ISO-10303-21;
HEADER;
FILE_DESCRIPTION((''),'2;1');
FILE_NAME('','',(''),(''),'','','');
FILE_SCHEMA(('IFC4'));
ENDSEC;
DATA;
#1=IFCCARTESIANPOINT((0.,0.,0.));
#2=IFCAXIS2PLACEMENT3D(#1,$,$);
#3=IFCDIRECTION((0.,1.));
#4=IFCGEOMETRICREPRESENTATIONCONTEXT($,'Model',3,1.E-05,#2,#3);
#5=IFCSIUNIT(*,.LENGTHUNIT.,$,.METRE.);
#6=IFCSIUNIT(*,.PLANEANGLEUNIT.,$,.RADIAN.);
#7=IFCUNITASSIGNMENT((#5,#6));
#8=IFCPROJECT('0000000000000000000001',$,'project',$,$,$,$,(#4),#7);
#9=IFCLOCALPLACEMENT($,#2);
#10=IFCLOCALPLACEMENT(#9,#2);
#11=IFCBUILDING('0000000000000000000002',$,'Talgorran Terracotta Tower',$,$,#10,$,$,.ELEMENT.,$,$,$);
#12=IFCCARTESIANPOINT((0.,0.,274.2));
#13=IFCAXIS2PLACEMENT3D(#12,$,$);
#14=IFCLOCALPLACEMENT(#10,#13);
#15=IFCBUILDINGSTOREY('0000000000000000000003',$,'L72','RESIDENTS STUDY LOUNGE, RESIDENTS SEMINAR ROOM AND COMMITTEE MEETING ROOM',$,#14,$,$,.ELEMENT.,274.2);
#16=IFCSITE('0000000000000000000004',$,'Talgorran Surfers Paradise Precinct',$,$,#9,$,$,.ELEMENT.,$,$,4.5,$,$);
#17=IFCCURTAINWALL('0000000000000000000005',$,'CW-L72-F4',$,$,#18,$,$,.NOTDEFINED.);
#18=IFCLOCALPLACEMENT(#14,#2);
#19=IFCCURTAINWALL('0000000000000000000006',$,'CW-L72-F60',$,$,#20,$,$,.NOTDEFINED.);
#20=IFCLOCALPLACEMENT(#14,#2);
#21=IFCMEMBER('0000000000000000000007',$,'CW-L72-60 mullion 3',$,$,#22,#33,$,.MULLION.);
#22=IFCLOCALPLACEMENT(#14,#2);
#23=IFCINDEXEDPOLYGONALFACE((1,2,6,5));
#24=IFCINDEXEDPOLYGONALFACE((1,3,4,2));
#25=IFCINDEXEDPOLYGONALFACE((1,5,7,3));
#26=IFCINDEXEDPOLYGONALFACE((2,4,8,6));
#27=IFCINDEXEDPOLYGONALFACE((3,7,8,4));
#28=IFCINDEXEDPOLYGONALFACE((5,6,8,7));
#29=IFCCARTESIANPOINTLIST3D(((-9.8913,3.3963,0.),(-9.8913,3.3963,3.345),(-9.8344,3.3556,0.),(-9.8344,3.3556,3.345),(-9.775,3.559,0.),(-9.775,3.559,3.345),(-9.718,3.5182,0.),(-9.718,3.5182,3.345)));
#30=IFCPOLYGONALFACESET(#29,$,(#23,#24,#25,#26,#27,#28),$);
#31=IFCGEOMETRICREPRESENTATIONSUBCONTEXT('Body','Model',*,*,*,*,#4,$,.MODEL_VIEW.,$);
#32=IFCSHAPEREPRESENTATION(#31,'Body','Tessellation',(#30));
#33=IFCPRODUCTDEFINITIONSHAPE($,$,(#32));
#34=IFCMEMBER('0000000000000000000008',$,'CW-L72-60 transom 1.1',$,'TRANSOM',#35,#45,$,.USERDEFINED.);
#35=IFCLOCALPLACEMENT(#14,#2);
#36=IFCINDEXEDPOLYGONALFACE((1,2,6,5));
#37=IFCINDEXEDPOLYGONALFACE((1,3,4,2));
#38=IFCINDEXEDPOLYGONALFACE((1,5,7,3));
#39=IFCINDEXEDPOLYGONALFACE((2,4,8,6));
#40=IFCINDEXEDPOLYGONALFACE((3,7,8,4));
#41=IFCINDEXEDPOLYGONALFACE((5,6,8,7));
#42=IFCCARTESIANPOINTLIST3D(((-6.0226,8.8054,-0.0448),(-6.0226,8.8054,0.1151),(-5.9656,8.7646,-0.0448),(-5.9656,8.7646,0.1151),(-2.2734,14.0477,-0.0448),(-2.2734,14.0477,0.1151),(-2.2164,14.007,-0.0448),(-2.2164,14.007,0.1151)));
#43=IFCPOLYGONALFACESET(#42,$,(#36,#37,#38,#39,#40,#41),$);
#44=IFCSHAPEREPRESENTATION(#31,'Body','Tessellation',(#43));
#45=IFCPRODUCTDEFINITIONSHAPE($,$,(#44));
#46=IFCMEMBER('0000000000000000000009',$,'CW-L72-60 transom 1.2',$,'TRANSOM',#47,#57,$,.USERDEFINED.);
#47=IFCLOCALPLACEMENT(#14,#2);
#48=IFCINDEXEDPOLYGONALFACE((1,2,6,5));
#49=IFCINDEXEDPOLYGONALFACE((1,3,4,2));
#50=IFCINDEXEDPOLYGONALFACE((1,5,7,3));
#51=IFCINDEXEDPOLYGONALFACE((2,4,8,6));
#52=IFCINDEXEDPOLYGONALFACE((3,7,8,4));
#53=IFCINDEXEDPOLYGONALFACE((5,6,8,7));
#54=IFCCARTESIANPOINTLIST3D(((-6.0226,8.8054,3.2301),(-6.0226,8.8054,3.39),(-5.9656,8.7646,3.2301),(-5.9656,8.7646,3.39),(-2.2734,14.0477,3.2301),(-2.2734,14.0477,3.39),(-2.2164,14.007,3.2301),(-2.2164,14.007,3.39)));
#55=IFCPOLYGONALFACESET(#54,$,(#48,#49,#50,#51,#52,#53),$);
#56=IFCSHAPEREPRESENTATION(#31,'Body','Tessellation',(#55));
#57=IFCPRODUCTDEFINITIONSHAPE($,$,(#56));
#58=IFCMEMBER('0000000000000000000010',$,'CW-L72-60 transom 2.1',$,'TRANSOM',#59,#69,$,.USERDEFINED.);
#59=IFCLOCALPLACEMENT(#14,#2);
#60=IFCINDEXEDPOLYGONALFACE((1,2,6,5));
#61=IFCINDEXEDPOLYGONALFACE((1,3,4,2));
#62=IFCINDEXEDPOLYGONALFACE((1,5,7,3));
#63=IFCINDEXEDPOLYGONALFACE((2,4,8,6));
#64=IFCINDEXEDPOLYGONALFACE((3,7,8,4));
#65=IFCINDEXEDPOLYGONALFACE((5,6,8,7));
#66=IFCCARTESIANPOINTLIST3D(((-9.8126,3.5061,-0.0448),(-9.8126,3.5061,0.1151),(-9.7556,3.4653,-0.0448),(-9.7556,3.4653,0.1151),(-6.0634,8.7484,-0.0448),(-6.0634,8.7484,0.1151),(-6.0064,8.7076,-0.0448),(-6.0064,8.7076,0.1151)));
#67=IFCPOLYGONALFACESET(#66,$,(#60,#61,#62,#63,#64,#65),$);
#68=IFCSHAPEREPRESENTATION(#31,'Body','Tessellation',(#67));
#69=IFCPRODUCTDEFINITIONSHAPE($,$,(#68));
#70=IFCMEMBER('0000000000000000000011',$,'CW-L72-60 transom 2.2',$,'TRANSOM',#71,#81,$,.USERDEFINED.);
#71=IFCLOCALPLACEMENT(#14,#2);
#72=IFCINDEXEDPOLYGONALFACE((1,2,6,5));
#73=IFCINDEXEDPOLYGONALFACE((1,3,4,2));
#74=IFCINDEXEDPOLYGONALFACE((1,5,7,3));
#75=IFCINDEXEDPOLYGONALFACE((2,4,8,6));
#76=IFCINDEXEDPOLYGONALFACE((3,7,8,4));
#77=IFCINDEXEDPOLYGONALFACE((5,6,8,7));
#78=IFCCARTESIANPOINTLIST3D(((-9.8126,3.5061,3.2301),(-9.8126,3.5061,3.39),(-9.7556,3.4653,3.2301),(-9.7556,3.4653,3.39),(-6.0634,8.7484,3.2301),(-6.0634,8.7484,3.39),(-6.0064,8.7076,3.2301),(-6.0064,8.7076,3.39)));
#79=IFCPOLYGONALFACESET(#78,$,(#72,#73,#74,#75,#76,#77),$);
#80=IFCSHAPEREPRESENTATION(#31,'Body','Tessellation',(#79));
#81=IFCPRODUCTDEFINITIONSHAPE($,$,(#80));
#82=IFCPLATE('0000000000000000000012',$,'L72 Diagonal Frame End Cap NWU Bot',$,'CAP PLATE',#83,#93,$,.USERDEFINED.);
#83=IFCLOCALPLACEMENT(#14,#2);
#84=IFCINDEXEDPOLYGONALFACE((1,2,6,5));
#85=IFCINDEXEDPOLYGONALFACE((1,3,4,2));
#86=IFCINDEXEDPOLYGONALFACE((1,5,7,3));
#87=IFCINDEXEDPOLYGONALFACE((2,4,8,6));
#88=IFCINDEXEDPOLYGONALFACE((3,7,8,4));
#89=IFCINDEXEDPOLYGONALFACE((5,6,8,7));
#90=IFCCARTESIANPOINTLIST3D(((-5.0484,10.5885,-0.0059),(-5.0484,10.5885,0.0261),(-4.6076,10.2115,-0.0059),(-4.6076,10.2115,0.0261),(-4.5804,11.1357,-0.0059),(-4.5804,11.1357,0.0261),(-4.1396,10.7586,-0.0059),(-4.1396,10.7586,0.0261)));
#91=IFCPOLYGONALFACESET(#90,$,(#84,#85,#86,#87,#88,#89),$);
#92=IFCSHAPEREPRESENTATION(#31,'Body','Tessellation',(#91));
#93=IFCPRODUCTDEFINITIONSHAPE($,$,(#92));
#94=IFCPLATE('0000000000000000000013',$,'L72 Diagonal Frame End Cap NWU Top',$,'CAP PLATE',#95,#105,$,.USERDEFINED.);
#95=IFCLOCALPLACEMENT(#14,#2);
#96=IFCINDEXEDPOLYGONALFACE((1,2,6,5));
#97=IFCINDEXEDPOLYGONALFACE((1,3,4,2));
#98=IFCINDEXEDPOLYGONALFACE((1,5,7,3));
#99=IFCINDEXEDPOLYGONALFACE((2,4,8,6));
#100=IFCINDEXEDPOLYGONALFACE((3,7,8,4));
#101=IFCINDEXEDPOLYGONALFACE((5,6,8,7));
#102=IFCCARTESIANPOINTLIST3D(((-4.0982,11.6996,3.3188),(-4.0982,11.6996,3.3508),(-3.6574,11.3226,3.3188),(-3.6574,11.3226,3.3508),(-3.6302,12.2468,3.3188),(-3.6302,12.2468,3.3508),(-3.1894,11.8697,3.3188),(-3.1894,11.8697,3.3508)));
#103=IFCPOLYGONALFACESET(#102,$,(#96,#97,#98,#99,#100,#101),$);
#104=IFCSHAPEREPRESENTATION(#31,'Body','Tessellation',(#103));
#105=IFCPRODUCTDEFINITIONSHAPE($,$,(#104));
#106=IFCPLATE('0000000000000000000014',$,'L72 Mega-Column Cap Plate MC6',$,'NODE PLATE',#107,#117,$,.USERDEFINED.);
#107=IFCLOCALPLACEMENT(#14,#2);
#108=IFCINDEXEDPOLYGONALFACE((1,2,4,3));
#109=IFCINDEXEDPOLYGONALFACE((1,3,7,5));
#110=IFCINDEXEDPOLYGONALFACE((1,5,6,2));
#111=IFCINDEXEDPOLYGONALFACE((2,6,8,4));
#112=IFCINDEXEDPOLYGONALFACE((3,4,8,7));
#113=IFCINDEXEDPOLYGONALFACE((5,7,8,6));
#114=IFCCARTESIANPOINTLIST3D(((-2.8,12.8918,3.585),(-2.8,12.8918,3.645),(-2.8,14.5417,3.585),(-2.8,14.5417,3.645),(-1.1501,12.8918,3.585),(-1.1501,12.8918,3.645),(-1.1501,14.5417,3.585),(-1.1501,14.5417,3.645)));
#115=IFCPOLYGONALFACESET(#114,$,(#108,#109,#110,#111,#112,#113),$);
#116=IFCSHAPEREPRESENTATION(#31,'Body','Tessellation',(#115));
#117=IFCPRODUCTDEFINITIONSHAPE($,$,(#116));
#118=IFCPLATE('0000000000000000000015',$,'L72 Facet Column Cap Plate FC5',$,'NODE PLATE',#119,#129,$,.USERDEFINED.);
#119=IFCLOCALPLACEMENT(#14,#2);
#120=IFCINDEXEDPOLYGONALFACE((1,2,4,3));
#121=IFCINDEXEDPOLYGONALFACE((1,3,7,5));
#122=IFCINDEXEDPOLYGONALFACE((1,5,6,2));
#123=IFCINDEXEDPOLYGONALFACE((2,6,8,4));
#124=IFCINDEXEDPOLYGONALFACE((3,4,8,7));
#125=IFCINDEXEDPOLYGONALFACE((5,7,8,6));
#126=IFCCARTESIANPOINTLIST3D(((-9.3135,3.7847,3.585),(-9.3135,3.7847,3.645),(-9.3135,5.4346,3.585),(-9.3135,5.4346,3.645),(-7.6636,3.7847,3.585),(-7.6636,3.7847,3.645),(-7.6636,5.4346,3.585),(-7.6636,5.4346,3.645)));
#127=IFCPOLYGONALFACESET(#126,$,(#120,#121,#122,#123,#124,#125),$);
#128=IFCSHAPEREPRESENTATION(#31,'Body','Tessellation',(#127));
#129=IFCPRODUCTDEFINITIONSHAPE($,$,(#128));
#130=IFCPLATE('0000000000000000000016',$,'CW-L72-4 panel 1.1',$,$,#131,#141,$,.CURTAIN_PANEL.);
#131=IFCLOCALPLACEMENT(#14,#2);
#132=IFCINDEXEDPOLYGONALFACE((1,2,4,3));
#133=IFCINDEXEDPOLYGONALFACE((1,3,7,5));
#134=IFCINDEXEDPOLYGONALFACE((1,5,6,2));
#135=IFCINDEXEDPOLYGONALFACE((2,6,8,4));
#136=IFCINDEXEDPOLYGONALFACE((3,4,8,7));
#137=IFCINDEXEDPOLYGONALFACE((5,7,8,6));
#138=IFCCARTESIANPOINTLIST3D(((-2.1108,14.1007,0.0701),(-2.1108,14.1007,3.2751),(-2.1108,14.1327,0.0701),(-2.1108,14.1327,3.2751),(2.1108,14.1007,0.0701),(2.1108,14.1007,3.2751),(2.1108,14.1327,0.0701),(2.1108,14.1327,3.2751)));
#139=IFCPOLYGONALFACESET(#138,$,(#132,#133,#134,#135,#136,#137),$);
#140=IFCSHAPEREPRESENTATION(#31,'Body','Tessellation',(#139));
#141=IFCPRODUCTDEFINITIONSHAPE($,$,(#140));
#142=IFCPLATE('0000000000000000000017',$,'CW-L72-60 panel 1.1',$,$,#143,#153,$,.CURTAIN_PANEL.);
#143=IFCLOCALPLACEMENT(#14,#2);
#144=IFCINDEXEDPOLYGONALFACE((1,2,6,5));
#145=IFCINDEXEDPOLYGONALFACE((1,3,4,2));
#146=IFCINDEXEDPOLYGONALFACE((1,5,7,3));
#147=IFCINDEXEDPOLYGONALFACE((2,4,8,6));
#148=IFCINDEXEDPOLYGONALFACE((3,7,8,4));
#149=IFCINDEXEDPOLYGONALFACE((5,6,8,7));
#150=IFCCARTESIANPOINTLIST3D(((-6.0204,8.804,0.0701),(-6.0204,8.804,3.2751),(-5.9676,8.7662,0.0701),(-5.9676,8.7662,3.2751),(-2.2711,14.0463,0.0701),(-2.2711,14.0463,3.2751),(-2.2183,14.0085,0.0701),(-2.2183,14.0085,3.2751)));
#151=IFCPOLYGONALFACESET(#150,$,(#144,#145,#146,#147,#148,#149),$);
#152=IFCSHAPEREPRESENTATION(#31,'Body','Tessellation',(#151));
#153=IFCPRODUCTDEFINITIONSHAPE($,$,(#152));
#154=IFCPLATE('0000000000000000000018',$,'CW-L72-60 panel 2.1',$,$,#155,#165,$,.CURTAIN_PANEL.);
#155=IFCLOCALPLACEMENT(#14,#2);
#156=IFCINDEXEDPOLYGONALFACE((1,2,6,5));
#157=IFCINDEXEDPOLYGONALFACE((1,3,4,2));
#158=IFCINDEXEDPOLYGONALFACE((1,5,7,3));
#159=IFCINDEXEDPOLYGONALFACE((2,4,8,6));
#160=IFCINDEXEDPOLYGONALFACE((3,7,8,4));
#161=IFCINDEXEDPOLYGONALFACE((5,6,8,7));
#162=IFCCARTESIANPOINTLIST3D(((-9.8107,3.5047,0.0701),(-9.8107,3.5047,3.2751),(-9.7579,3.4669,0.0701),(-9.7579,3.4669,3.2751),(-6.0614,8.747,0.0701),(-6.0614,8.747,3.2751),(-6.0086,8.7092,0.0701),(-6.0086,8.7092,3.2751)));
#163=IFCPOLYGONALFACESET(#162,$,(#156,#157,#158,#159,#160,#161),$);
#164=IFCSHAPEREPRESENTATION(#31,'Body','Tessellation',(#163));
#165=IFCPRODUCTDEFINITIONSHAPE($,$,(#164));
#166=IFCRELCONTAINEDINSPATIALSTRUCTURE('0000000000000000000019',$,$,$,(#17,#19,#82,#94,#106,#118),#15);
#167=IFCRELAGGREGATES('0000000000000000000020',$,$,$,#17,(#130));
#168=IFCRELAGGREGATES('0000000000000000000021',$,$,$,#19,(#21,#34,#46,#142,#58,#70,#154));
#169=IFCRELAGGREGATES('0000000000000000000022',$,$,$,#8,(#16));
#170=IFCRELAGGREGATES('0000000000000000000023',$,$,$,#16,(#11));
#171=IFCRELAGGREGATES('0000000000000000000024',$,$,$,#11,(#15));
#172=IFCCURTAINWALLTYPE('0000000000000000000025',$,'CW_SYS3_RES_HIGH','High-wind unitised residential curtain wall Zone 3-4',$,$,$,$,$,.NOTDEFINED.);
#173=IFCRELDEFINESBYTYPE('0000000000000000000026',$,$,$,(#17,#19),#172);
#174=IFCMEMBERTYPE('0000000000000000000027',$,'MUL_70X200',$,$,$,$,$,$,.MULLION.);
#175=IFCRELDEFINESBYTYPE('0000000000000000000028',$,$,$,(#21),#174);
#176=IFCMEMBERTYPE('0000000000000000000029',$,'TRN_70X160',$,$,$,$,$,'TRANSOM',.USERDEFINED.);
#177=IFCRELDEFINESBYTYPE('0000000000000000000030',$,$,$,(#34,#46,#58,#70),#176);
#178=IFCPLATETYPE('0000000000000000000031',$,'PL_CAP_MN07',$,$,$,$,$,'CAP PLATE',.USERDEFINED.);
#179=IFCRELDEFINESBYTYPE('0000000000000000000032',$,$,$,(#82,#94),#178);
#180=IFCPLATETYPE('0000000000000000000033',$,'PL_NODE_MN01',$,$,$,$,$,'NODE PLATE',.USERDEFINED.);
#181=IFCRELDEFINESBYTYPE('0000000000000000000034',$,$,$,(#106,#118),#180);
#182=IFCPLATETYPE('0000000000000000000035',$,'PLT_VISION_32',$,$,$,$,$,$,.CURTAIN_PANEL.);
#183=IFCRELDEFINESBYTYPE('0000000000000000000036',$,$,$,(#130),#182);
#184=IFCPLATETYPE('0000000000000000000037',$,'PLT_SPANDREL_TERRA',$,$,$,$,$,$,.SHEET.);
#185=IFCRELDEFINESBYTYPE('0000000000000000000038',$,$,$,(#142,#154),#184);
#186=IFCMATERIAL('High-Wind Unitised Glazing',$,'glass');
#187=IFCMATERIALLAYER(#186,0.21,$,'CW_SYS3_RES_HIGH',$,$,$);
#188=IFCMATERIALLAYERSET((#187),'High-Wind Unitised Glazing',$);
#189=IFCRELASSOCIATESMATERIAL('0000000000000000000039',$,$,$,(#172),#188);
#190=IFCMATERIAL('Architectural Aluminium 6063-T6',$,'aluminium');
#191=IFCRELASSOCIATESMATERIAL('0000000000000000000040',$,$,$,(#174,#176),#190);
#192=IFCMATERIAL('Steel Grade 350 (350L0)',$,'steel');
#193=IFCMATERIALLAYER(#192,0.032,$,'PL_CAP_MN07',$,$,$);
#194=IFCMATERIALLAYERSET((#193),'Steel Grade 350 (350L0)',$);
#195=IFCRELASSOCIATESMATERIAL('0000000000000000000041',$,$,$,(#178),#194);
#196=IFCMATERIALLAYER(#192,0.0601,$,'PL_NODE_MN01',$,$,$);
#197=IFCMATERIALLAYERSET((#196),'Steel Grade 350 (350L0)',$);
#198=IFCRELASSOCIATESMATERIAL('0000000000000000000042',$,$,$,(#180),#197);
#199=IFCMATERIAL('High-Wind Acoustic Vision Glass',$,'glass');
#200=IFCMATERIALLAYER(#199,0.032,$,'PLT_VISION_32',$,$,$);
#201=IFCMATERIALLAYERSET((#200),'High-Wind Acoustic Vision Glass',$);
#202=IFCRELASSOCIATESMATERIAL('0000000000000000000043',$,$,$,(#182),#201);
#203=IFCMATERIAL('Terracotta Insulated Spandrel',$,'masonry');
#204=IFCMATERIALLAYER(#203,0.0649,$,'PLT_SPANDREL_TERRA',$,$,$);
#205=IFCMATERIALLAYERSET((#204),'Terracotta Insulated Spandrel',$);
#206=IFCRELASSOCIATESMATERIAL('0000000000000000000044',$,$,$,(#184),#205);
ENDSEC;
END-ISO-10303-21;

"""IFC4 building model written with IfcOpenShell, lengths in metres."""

from ifc_helpers import new_model, si_unit, direction, frame, origin, origin_2d, place, context, subcontext, project, spatial, rectangle, extrude, source, transform, mapped, material, layer, layer_set, material_profile, profile_set, type_object, type_shapes, element, aggregate, save


model = new_model("IFC4")

# Units and contexts
model_context = context("Model", 3, precision=1e-05, world=origin(), true_north=direction((0.0, 1.0)))
body_context = subcontext(model_context, "Body", "Model", "MODEL_VIEW")
ifc_project = project(units=[si_unit("LENGTHUNIT", "METRE"), si_unit("PLANEANGLEUNIT", "RADIAN")], contexts=[model_context])

# Site, building, storey
site_placement = place(None, origin())
site = spatial("IfcSite", under=ifc_project, at=site_placement, Name="Talgorran Surfers Paradise Precinct", CompositionType="ELEMENT", RefElevation=4.5)
building_placement = place(site_placement, origin())
building = spatial("IfcBuilding", under=site, at=building_placement, Name="Talgorran Terracotta Tower", CompositionType="ELEMENT")
storey_placement = place(building_placement, frame((0.0, 0.0, 274.2)))
storey = spatial("IfcBuildingStorey", under=building, at=storey_placement, Name="L72", Description="RESIDENTS STUDY LOUNGE, RESIDENTS SEMINAR ROOM AND COMMITTEE MEETING ROOM", CompositionType="ELEMENT", Elevation=274.2)

# Shared definitions
ifc_material_1 = material(Name="Steel Grade 350 (350L0)", Category="steel")

# Curtain wall
ifc_material_2 = material(Name="High-Wind Unitised Glazing", Category="glass")
ifc_layer_1 = layer(ifc_material_2, 0.21, Name="CW_SYS3_RES_HIGH")
ifc_layer_set_1 = layer_set([ifc_layer_1], Name="High-Wind Unitised Glazing")
curtain_wall_type = type_object("IfcCurtainWallType", Name="CW_SYS3_RES_HIGH", Description="High-wind unitised residential curtain wall Zone 3-4", PredefinedType="NOTDEFINED", material=ifc_layer_set_1)
curtain_wall_1_placement = place(storey_placement, origin())
curtain_wall_1 = element("IfcCurtainWall", 1, at=curtain_wall_1_placement, inside=storey, type_object=curtain_wall_type, Name="CW-L72-F4", PredefinedType="NOTDEFINED")
ifc_material_3 = material(Name="Architectural Aluminium 6063-T6", Category="aluminium")
ifc_material_profile_1 = material_profile(ifc_material_3, rectangle(XDim=0.0701, YDim=0.2, at=origin_2d()), Name="CWM70X200")
ifc_profile_set_1 = profile_set([ifc_material_profile_1], Name="Architectural Aluminium 6063-T6")
member_type_1 = type_object("IfcMemberType", Name="MUL_70X200", PredefinedType="MULLION", material=ifc_profile_set_1)

# Curtain wall, members
curtain_wall_2_placement = place(storey_placement, origin())
curtain_wall_2 = element("IfcCurtainWall", 2, at=curtain_wall_2_placement, inside=storey, type_object=curtain_wall_type, Name="CW-L72-F60", PredefinedType="NOTDEFINED")
member_1_placement = place(storey_placement, frame((-9.8047, 3.4573, 0.0), z_axis=(0.0, 0.0, 1.0), x_axis=(0.813381, -0.581731, 0.0)))
member_1 = element("IfcMember", 3, at=member_1_placement, type_object=member_type_1, Name="CW-L72-60 mullion 3", PredefinedType="MULLION", context=body_context, shape_type="SweptSolid", body=[
    extrude(rectangle(XDim=0.0701, YDim=0.2, at=origin_2d()), origin(), (0.0, 0.0, 1.0), 3.345),
])
ifc_material_profile_2 = material_profile(ifc_material_3, rectangle(XDim=0.0701, YDim=0.1599, at=origin_2d()), Name="CWT70X160")
ifc_profile_set_2 = profile_set([ifc_material_profile_2], Name="Architectural Aluminium 6063-T6")
member_type_2 = type_object("IfcMemberType", Name="TRN_70X160", ElementType="TRANSOM", PredefinedType="USERDEFINED", material=ifc_profile_set_2)
member_2_placement = place(storey_placement, frame((-2.2449, 14.0273, 0.0352), z_axis=(-0.581718, -0.81339, 0.0), x_axis=(0.81339, -0.581718, 0.0)))
member_2 = element("IfcMember", 4, at=member_2_placement, type_object=member_type_2, Name="CW-L72-60 transom 1.1", ObjectType="TRANSOM", PredefinedType="USERDEFINED", context=body_context, shape_type="SweptSolid", body=[
    extrude(rectangle(XDim=0.0701, YDim=0.1599, at=origin_2d()), origin(), (0.0, 0.0, 1.0), 6.4451),
])
member_3_placement = place(storey_placement, frame((-2.2449, 14.0273, 3.3101), z_axis=(-0.581718, -0.81339, 0.0), x_axis=(0.81339, -0.581718, 0.0)))
member_3 = element("IfcMember", 5, at=member_3_placement, type_object=member_type_2, Name="CW-L72-60 transom 1.2", ObjectType="TRANSOM", PredefinedType="USERDEFINED", context=body_context, shape_type="SweptSolid", body=[
    extrude(rectangle(XDim=0.0701, YDim=0.1599, at=origin_2d()), origin(), (0.0, 0.0, 1.0), 6.4451),
])
member_4_placement = place(storey_placement, frame((-6.0349, 8.728, 0.0352), z_axis=(-0.581718, -0.81339, 0.0), x_axis=(0.81339, -0.581718, 0.0)))
member_4 = element("IfcMember", 6, at=member_4_placement, type_object=member_type_2, Name="CW-L72-60 transom 2.1", ObjectType="TRANSOM", PredefinedType="USERDEFINED", context=body_context, shape_type="SweptSolid", body=[
    extrude(rectangle(XDim=0.0701, YDim=0.1599, at=origin_2d()), origin(), (0.0, 0.0, 1.0), 6.4451),
])
member_5_placement = place(storey_placement, frame((-6.0349, 8.728, 3.3101), z_axis=(-0.581718, -0.81339, 0.0), x_axis=(0.81339, -0.581718, 0.0)))
member_5 = element("IfcMember", 7, at=member_5_placement, type_object=member_type_2, Name="CW-L72-60 transom 2.2", ObjectType="TRANSOM", PredefinedType="USERDEFINED", context=body_context, shape_type="SweptSolid", body=[
    extrude(rectangle(XDim=0.0701, YDim=0.1599, at=origin_2d()), origin(), (0.0, 0.0, 1.0), 6.4451),
])

# Plates
ifc_layer_2 = layer(ifc_material_1, 0.032, Name="PL_CAP_MN07")
ifc_layer_set_2 = layer_set([ifc_layer_2], Name="Steel Grade 350 (350L0)")
plate_type_1 = type_object("IfcPlateType", Name="PL_CAP_MN07", ElementType="CAP PLATE", PredefinedType="USERDEFINED", material=ifc_layer_set_2)
for number, where, z_axis, x_axis, name in (
    (8, (-4.594, 10.6736, -0.0059), (0.0, 0.0, 1.0), (0.649979, 0.759952, 0.0), "L72 Diagonal Frame End Cap NWU Bot"),
    (9, (-3.6438, 11.7847, 3.3188), (0.0, 0.0, 1.0), (0.649979, 0.759952, 0.0), "L72 Diagonal Frame End Cap NWU Top"),
):
    element("IfcPlate", number, at=place(storey_placement, frame(where, z_axis=z_axis, x_axis=x_axis)), inside=storey, type_object=plate_type_1, Name=name, ObjectType="CAP PLATE", PredefinedType="USERDEFINED", context=body_context, shape_type="SweptSolid", body=[
        extrude(rectangle(XDim=0.72, YDim=0.5801, at=origin_2d()), origin(), (0.0, 0.0, 1.0), 0.032),
    ])
ifc_layer_3 = layer(ifc_material_1, 0.0601, Name="PL_NODE_MN01")
ifc_layer_set_3 = layer_set([ifc_layer_3], Name="Steel Grade 350 (350L0)")
plate_type_2 = type_object("IfcPlateType", Name="PL_NODE_MN01", ElementType="NODE PLATE", PredefinedType="USERDEFINED", material=ifc_layer_set_3)
for number, where, z_axis, x_axis, name in (
    (10, (-1.9751, 13.7168, 3.585), (0.0, 0.0, 1.0), (1.0, 0.0, 0.0), "L72 Mega-Column Cap Plate MC6"),
    (11, (-8.4885, 4.6096, 3.585), (0.0, 0.0, 1.0), (1.0, 0.0, 0.0), "L72 Facet Column Cap Plate FC5"),
):
    element("IfcPlate", number, at=place(storey_placement, frame(where, z_axis=z_axis, x_axis=x_axis)), inside=storey, type_object=plate_type_2, Name=name, ObjectType="NODE PLATE", PredefinedType="USERDEFINED", context=body_context, shape_type="SweptSolid", body=[
        extrude(rectangle(XDim=1.6499, YDim=1.6499, at=origin_2d()), origin(), (0.0, 0.0, 1.0), 0.0601),
    ])

# Plates
ifc_material_4 = material(Name="High-Wind Acoustic Vision Glass", Category="glass")
ifc_layer_4 = layer(ifc_material_4, 0.032, Name="PLT_VISION_32")
ifc_layer_set_4 = layer_set([ifc_layer_4], Name="High-Wind Acoustic Vision Glass")
plate_type_3 = type_object("IfcPlateType", Name="PLT_VISION_32", PredefinedType="CURTAIN_PANEL", material=ifc_layer_set_4)
shared_shape_1 = source(origin(), body_context, "Body", "SweptSolid", [
    extrude(rectangle(XDim=4.2217, YDim=0.032, at=origin_2d()), origin(), (0.0, 0.0, 1.0), 3.2051),
])
type_shapes(plate_type_3, [shared_shape_1])
plate_1_placement = place(storey_placement, frame((0.0, 14.1167, 0.0701), z_axis=(0.0, 0.0, 1.0), x_axis=(-1.0, 0.0, 0.0)))
plate_1 = element("IfcPlate", 12, at=plate_1_placement, type_object=plate_type_3, Name="CW-L72-4 panel 1.1", PredefinedType="CURTAIN_PANEL", context=body_context, shape_type="MappedRepresentation", body=[
    mapped(shared_shape_1, transform((0.0, 0.0, 0.0), scale=1.0)),
])
aggregate(curtain_wall_1, [plate_1])
ifc_material_5 = material(Name="Terracotta Insulated Spandrel", Category="masonry")
ifc_layer_5 = layer(ifc_material_5, 0.0649, Name="PLT_SPANDREL_TERRA")
ifc_layer_set_5 = layer_set([ifc_layer_5], Name="Terracotta Insulated Spandrel")
plate_type_4 = type_object("IfcPlateType", Name="PLT_SPANDREL_TERRA", PredefinedType="SHEET", material=ifc_layer_set_5)
shared_shape_2 = source(origin(), body_context, "Body", "SweptSolid", [
    extrude(rectangle(XDim=6.4451, YDim=0.0649, at=origin_2d()), origin(), (0.0, 0.0, 1.0), 3.2051),
])
type_shapes(plate_type_4, [shared_shape_2])
plate_2_placement = place(storey_placement, frame((-4.1194, 11.4062, 0.0701), z_axis=(0.0, 0.0, 1.0), x_axis=(-0.581731, -0.813381, 0.0)))
plate_2 = element("IfcPlate", 13, at=plate_2_placement, type_object=plate_type_4, Name="CW-L72-60 panel 1.1", PredefinedType="CURTAIN_PANEL", context=body_context, shape_type="MappedRepresentation", body=[
    mapped(shared_shape_2, transform((0.0, 0.0, 0.0), scale=1.0)),
])
plate_3_placement = place(storey_placement, frame((-7.9097, 6.1069, 0.0701), z_axis=(0.0, 0.0, 1.0), x_axis=(-0.581731, -0.813381, 0.0)))
plate_3 = element("IfcPlate", 14, at=plate_3_placement, type_object=plate_type_4, Name="CW-L72-60 panel 2.1", PredefinedType="CURTAIN_PANEL", context=body_context, shape_type="MappedRepresentation", body=[
    mapped(shared_shape_2, transform((0.0, 0.0, 0.0), scale=1.0)),
])
aggregate(curtain_wall_2, [member_1, member_2, member_3, plate_2, member_4, member_5, plate_3])

save(model, "model.ifc")
